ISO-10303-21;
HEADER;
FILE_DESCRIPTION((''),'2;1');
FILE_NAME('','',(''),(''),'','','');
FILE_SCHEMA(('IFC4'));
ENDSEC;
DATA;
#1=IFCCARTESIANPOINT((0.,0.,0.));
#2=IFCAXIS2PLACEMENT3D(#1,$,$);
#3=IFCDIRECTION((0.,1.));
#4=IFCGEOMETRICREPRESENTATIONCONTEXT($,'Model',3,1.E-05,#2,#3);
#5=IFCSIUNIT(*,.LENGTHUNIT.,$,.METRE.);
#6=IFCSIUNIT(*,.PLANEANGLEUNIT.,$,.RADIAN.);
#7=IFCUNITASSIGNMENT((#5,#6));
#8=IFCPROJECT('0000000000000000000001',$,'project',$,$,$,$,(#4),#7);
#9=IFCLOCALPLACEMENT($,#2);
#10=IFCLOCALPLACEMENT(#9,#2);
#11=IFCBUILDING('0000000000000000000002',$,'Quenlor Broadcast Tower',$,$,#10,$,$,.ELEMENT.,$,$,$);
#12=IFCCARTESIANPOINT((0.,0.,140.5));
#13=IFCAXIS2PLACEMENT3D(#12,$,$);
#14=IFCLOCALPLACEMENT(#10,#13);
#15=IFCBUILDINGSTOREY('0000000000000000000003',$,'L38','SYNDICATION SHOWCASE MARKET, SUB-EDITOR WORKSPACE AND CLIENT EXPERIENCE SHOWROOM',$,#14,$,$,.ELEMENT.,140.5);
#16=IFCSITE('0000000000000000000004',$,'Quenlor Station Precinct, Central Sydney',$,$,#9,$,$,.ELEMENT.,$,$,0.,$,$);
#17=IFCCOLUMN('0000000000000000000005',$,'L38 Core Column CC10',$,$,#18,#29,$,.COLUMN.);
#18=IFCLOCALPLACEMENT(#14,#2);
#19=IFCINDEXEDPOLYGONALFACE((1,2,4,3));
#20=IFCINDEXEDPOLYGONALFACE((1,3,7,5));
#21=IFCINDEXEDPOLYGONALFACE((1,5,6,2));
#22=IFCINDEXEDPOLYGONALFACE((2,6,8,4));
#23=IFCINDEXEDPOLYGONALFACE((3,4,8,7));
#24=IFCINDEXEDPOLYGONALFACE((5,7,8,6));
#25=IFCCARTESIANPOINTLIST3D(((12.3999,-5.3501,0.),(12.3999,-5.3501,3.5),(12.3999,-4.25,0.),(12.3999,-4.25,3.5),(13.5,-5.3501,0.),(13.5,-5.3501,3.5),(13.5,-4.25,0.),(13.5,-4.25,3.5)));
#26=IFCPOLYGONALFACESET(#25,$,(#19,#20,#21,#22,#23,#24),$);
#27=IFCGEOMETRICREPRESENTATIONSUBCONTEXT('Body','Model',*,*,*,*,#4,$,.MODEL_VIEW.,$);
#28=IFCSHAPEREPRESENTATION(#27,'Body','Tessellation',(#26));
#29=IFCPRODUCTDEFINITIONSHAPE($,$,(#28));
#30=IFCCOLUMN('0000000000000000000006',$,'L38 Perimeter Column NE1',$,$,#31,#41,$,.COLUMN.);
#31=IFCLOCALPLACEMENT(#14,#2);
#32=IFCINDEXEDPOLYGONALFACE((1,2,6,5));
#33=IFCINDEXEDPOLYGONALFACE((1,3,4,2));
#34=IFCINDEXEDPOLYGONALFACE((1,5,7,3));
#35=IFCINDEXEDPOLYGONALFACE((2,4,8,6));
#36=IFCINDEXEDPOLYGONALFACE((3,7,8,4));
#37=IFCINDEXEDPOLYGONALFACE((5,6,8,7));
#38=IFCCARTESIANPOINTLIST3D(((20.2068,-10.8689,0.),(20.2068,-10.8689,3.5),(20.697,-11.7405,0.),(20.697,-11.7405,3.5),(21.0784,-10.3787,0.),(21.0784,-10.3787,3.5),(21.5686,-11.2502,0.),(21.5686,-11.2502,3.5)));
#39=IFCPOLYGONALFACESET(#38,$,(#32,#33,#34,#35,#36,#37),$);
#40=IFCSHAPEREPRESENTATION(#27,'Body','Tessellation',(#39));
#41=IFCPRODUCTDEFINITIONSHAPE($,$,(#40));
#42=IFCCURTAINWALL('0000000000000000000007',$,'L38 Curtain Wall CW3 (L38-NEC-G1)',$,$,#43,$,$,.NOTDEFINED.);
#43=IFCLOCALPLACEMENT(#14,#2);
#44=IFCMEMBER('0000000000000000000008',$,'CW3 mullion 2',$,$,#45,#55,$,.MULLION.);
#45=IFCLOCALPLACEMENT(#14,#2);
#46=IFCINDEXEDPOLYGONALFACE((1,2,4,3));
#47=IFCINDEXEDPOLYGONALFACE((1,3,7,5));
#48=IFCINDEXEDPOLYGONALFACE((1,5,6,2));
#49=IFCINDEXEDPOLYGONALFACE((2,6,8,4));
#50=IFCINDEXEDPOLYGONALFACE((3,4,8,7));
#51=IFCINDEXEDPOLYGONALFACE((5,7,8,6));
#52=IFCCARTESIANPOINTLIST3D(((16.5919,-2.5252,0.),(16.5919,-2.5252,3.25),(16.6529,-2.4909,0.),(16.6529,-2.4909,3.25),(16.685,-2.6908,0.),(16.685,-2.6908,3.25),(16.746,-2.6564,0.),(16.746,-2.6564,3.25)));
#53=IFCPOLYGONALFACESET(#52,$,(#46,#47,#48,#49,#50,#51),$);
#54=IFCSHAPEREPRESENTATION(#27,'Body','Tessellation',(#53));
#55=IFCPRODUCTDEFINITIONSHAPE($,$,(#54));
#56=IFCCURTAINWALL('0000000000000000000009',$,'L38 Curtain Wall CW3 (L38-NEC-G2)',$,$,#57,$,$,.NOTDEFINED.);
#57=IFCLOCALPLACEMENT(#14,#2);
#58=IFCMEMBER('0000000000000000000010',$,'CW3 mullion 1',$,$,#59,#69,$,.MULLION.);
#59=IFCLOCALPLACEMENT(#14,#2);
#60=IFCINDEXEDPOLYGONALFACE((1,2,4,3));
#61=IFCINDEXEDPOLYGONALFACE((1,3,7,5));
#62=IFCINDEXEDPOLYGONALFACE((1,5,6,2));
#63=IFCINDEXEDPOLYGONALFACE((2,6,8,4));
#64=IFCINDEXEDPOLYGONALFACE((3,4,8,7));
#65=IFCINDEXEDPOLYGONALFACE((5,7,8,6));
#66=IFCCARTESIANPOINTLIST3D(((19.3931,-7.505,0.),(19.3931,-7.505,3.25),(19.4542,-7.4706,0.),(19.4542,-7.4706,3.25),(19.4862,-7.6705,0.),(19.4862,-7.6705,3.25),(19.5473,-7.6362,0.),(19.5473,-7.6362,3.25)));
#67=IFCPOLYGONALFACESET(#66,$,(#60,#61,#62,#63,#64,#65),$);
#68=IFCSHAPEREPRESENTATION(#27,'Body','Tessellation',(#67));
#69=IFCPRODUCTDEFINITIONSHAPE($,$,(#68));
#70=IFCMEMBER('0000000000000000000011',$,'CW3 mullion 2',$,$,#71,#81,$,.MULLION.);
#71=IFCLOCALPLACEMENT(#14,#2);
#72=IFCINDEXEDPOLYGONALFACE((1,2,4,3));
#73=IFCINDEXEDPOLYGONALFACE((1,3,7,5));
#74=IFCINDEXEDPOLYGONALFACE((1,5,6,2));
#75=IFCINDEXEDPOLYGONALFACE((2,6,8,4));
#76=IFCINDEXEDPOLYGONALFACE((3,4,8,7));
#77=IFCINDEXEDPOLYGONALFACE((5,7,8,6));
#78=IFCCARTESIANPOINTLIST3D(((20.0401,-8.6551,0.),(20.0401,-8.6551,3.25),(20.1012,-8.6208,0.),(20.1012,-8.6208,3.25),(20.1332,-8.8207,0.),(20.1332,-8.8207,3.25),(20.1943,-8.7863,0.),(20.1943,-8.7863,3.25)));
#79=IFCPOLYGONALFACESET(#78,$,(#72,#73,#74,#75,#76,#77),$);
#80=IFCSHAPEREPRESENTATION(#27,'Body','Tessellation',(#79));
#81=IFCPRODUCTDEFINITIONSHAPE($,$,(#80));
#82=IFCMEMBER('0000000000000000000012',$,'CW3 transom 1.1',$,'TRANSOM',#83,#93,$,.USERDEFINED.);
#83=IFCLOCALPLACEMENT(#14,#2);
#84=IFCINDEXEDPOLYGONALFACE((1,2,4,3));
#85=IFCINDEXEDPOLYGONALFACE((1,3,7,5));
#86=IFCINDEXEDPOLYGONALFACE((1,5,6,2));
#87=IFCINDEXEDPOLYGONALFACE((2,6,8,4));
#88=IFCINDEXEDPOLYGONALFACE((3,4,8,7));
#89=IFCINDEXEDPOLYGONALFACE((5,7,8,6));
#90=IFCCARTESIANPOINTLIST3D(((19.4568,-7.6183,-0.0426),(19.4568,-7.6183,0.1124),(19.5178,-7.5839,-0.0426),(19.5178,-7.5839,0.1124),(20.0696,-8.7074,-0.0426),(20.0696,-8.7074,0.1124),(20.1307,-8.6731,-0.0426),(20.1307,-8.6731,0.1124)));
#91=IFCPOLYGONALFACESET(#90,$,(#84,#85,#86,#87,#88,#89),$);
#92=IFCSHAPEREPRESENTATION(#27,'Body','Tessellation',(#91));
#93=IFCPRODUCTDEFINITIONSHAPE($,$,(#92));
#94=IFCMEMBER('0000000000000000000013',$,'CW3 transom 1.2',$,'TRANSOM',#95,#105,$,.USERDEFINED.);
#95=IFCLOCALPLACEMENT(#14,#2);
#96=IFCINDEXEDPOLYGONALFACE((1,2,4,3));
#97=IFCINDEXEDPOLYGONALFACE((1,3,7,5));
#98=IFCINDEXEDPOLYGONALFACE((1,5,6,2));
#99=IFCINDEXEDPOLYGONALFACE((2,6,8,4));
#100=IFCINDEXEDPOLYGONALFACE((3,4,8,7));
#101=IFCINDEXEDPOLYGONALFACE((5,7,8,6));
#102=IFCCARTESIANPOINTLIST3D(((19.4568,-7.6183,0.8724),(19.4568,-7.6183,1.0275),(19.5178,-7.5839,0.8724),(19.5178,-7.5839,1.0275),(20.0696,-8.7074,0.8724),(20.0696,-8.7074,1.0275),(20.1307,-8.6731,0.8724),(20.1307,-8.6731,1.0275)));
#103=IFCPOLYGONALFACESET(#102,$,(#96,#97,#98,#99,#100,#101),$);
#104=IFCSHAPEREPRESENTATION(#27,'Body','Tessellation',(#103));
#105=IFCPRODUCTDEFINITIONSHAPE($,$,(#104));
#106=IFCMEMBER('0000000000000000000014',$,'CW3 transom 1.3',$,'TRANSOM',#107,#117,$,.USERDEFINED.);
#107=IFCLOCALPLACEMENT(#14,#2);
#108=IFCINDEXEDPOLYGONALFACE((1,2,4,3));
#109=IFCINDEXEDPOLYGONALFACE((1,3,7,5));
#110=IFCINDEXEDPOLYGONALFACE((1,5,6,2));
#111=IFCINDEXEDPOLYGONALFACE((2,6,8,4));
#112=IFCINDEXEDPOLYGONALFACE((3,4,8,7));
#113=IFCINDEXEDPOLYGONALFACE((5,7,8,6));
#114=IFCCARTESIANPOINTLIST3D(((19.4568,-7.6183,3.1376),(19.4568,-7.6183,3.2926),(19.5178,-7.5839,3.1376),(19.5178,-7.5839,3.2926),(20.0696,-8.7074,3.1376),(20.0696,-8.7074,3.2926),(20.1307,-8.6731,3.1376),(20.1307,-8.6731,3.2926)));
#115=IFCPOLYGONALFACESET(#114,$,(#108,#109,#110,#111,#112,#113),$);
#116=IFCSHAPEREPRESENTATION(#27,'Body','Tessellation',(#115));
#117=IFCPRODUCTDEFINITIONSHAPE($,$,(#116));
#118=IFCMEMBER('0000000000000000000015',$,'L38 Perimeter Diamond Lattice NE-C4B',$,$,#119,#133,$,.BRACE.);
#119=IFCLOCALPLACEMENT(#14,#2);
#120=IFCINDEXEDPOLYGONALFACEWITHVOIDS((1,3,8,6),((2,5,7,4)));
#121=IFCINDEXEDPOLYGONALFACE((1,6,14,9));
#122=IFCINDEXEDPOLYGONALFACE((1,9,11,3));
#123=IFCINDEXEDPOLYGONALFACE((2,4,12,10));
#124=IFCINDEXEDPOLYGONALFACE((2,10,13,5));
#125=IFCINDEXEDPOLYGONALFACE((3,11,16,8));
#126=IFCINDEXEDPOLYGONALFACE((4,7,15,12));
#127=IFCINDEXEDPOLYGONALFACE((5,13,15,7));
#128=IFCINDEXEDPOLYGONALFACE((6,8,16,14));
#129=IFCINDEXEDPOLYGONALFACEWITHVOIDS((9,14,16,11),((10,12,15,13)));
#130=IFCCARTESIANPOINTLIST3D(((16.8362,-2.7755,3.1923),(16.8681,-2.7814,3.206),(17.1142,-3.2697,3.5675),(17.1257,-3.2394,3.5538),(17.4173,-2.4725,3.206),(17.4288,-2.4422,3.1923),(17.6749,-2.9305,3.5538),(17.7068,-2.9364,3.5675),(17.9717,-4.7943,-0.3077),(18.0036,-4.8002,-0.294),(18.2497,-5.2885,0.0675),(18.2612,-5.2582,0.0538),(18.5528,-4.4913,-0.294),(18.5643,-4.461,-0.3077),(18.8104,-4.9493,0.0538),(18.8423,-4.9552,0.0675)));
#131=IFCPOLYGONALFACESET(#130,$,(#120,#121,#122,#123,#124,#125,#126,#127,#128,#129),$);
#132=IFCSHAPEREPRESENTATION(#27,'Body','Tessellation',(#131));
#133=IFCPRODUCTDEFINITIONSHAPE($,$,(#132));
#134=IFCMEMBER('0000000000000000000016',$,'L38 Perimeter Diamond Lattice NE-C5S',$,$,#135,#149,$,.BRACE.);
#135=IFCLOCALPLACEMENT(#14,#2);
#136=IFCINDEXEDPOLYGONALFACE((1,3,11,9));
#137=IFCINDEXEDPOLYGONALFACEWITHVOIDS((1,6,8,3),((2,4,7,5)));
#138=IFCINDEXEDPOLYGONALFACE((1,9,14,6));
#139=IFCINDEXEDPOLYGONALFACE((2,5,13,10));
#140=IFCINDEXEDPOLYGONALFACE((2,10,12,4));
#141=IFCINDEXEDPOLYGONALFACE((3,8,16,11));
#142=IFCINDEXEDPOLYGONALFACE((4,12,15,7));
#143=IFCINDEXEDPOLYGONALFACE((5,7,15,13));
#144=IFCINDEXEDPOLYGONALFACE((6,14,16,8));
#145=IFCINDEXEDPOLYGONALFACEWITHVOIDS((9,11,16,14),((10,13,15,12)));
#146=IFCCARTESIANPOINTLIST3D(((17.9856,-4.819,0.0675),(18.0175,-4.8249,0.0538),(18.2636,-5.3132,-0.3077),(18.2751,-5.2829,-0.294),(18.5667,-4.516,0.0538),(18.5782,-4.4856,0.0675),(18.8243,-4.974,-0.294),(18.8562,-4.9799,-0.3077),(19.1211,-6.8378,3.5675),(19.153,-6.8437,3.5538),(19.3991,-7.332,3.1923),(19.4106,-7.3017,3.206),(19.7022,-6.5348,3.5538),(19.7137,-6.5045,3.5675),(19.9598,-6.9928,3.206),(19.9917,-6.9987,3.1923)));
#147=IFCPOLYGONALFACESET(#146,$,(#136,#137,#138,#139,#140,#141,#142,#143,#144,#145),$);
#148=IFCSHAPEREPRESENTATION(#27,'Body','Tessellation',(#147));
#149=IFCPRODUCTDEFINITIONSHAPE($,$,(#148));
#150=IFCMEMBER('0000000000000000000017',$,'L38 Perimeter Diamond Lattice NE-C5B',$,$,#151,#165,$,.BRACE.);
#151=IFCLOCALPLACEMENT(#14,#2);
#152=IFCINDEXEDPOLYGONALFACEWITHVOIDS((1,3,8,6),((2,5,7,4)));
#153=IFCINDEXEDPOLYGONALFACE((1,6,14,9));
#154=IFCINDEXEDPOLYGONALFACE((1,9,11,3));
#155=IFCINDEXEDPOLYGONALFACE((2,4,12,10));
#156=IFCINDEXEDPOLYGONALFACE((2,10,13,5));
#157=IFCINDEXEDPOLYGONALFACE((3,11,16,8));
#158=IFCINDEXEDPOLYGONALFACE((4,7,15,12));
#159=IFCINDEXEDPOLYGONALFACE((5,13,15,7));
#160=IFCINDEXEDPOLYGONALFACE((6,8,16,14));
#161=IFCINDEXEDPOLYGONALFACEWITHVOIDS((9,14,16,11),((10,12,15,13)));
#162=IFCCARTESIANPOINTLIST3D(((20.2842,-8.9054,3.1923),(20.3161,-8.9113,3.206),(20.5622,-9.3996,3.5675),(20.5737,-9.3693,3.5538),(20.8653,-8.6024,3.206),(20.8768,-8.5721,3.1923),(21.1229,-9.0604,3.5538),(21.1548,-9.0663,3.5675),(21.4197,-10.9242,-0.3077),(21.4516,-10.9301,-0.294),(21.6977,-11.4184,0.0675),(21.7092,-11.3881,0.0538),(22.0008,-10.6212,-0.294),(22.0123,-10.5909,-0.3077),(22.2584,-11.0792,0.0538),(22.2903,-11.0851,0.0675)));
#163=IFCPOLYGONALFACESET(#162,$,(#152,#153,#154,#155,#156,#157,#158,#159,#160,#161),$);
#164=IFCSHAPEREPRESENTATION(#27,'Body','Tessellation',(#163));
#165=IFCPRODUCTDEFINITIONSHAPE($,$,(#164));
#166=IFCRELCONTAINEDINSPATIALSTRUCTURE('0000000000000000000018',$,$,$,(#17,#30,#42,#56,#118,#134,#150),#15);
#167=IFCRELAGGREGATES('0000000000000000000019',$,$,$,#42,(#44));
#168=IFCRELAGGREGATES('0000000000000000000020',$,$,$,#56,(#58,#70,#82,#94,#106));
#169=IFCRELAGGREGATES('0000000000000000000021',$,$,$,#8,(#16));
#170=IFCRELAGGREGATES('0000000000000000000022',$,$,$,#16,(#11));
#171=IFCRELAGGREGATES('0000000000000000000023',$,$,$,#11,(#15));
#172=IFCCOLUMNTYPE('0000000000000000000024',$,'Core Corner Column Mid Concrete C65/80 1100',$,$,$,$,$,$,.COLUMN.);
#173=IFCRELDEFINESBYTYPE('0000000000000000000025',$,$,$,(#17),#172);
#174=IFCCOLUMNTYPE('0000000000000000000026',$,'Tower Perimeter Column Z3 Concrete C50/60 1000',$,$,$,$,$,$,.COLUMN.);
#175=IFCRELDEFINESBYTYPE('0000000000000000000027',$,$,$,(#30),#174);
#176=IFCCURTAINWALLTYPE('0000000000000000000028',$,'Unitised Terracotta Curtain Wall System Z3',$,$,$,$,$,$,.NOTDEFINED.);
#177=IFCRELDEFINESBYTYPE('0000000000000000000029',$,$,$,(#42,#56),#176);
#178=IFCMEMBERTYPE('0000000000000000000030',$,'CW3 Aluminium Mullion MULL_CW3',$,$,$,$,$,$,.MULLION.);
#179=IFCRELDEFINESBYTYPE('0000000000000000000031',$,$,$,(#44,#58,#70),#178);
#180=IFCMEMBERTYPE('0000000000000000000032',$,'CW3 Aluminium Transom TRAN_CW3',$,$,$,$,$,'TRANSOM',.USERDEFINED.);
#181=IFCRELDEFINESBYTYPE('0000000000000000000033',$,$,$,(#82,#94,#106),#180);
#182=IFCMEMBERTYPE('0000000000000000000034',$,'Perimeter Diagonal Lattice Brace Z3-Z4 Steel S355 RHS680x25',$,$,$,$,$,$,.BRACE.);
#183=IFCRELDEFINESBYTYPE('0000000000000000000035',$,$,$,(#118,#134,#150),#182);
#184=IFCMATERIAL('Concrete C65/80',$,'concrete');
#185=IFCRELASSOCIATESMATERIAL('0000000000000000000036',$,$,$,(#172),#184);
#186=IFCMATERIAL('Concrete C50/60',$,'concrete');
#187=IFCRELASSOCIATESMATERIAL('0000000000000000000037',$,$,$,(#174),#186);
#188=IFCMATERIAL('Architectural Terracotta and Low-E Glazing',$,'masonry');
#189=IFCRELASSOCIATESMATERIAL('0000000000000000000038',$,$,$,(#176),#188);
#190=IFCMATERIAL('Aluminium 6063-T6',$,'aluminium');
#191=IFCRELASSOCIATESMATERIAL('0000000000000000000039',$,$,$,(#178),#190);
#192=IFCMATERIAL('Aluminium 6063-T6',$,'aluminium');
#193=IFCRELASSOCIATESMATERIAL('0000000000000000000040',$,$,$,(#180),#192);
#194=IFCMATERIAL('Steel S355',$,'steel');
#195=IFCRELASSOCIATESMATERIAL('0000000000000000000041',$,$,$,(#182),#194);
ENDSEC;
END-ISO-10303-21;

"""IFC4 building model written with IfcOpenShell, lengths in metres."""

from ifc_helpers import new_model, si_unit, direction, frame, origin, origin_2d, place, context, subcontext, project, spatial, rectangle, hollow_rectangle, extrude, material, material_profile, profile_set, type_object, element, aggregate, save


model = new_model("IFC4")

# Units and contexts
model_context = context("Model", 3, precision=1e-05, world=origin(), true_north=direction((0.0, 1.0)))
body_context = subcontext(model_context, "Body", "Model", "MODEL_VIEW")
ifc_project = project(units=[si_unit("LENGTHUNIT", "METRE"), si_unit("PLANEANGLEUNIT", "RADIAN")], contexts=[model_context])

# Site, building, storey
site_placement = place(None, origin())
site = spatial("IfcSite", under=ifc_project, at=site_placement, Name="Quenlor Station Precinct, Central Sydney", CompositionType="ELEMENT", RefElevation=0.0)
building_placement = place(site_placement, origin())
building = spatial("IfcBuilding", under=site, at=building_placement, Name="Quenlor Broadcast Tower", CompositionType="ELEMENT")
storey_placement = place(building_placement, frame((0.0, 0.0, 140.5)))
storey = spatial("IfcBuildingStorey", under=building, at=storey_placement, Name="L38", Description="SYNDICATION SHOWCASE MARKET, SUB-EDITOR WORKSPACE AND CLIENT EXPERIENCE SHOWROOM", CompositionType="ELEMENT", Elevation=140.5)

# Columns
ifc_material_1 = material(Name="Concrete C65/80", Category="concrete")
ifc_material_profile_1 = material_profile(ifc_material_1, rectangle(XDim=1.1001, YDim=1.1001, at=origin_2d()))
ifc_profile_set_1 = profile_set([ifc_material_profile_1], Name="Concrete C65/80 RC1100x1100")
column_type_1 = type_object("IfcColumnType", Name="Core Corner Column Mid Concrete C65/80 1100", PredefinedType="COLUMN", material=ifc_profile_set_1)
column_1_placement = place(storey_placement, frame((12.95, -4.8, 0.0), z_axis=(0.0, 0.0, 1.0), x_axis=(1.0, 0.0, 0.0)))
element("IfcColumn", 1, at=column_1_placement, inside=storey, type_object=column_type_1, Name="L38 Core Column CC10", PredefinedType="COLUMN", context=body_context, shape_type="SweptSolid", body=[
    extrude(rectangle(XDim=1.1001, YDim=1.1001, at=origin_2d()), origin(), (0.0, 0.0, 1.0), 3.5),
])
ifc_material_2 = material(Name="Concrete C50/60", Category="concrete")
ifc_material_profile_2 = material_profile(ifc_material_2, rectangle(XDim=1.0, YDim=1.0, at=origin_2d()))
ifc_profile_set_2 = profile_set([ifc_material_profile_2], Name="Concrete C50/60 RC1000x1000")
column_type_2 = type_object("IfcColumnType", Name="Tower Perimeter Column Z3 Concrete C50/60 1000", PredefinedType="COLUMN", material=ifc_profile_set_2)
column_2_placement = place(storey_placement, frame((20.8877, -11.0596, 0.0), z_axis=(0.0, 0.0, 1.0), x_axis=(0.871575, 0.490262, 0.0)))
element("IfcColumn", 2, at=column_2_placement, inside=storey, type_object=column_type_2, Name="L38 Perimeter Column NE1", PredefinedType="COLUMN", context=body_context, shape_type="SweptSolid", body=[
    extrude(rectangle(XDim=1.0, YDim=1.0, at=origin_2d()), origin(), (0.0, 0.0, 1.0), 3.5),
])

# Curtain wall, member
ifc_material_3 = material(Name="Architectural Terracotta and Low-E Glazing", Category="masonry")
curtain_wall_type = type_object("IfcCurtainWallType", Name="Unitised Terracotta Curtain Wall System Z3", PredefinedType="NOTDEFINED", material=ifc_material_3)
curtain_wall_1_placement = place(storey_placement, origin())
curtain_wall_1 = element("IfcCurtainWall", 3, at=curtain_wall_1_placement, inside=storey, type_object=curtain_wall_type, Name="L38 Curtain Wall CW3 (L38-NEC-G1)", PredefinedType="NOTDEFINED")
ifc_material_4 = material(Name="Aluminium 6063-T6", Category="aluminium")
ifc_material_profile_3 = material_profile(ifc_material_4, rectangle(XDim=0.0701, YDim=0.1899, at=origin_2d()))
ifc_profile_set_3 = profile_set([ifc_material_profile_3], Name="Aluminium 6063-T6 MULL70x190")
member_type_1 = type_object("IfcMemberType", Name="CW3 Aluminium Mullion MULL_CW3", PredefinedType="MULLION", material=ifc_profile_set_3)
member_1_placement = place(storey_placement, frame((16.6689, -2.5908, 0.0), z_axis=(0.0, 0.0, 1.0), x_axis=(0.87158, 0.490253, 0.0)))
member_1 = element("IfcMember", 4, at=member_1_placement, type_object=member_type_1, Name="CW3 mullion 2", PredefinedType="MULLION", context=body_context, shape_type="SweptSolid", body=[
    extrude(rectangle(XDim=0.0701, YDim=0.1899, at=origin_2d()), origin(), (0.0, 0.0, 1.0), 3.25),
])
aggregate(curtain_wall_1, [member_1])

# Curtain wall, members
curtain_wall_2_placement = place(storey_placement, origin())
curtain_wall_2 = element("IfcCurtainWall", 5, at=curtain_wall_2_placement, inside=storey, type_object=curtain_wall_type, Name="L38 Curtain Wall CW3 (L38-NEC-G2)", PredefinedType="NOTDEFINED")
member_2_placement = place(storey_placement, frame((19.4702, -7.5706, 0.0), z_axis=(0.0, 0.0, 1.0), x_axis=(0.871576, 0.490261, 0.0)))
member_2 = element("IfcMember", 6, at=member_2_placement, type_object=member_type_1, Name="CW3 mullion 1", PredefinedType="MULLION", context=body_context, shape_type="SweptSolid", body=[
    extrude(rectangle(XDim=0.0701, YDim=0.1899, at=origin_2d()), origin(), (0.0, 0.0, 1.0), 3.25),
])
member_3_placement = place(storey_placement, frame((20.1172, -8.7207, 0.0), z_axis=(0.0, 0.0, 1.0), x_axis=(0.871576, 0.490261, 0.0)))
member_3 = element("IfcMember", 7, at=member_3_placement, type_object=member_type_1, Name="CW3 mullion 2", PredefinedType="MULLION", context=body_context, shape_type="SweptSolid", body=[
    extrude(rectangle(XDim=0.0701, YDim=0.1899, at=origin_2d()), origin(), (0.0, 0.0, 1.0), 3.25),
])
ifc_material_5 = material(Name="Aluminium 6063-T6", Category="aluminium")
ifc_material_profile_4 = material_profile(ifc_material_5, rectangle(XDim=0.0701, YDim=0.155, at=origin_2d()))
ifc_profile_set_4 = profile_set([ifc_material_profile_4], Name="Aluminium 6063-T6 TRAN70x155")
member_type_2 = type_object("IfcMemberType", Name="CW3 Aluminium Transom TRAN_CW3", ElementType="TRANSOM", PredefinedType="USERDEFINED", material=ifc_profile_set_4)
member_4_placement = place(storey_placement, frame((19.4873, -7.6011, 0.0349), z_axis=(0.490363, -0.871518, 0.0), x_axis=(0.871518, 0.490363, 0.0)))
member_4 = element("IfcMember", 8, at=member_4_placement, type_object=member_type_2, Name="CW3 transom 1.1", ObjectType="TRANSOM", PredefinedType="USERDEFINED", context=body_context, shape_type="SweptSolid", body=[
    extrude(rectangle(XDim=0.0701, YDim=0.155, at=origin_2d()), origin(), (0.0, 0.0, 1.0), 1.2498),
])
member_5_placement = place(storey_placement, frame((19.4873, -7.6011, 0.95), z_axis=(0.490363, -0.871518, 0.0), x_axis=(0.871518, 0.490363, 0.0)))
member_5 = element("IfcMember", 9, at=member_5_placement, type_object=member_type_2, Name="CW3 transom 1.2", ObjectType="TRANSOM", PredefinedType="USERDEFINED", context=body_context, shape_type="SweptSolid", body=[
    extrude(rectangle(XDim=0.0701, YDim=0.155, at=origin_2d()), origin(), (0.0, 0.0, 1.0), 1.2498),
])
member_6_placement = place(storey_placement, frame((19.4873, -7.6011, 3.2151), z_axis=(0.490363, -0.871518, 0.0), x_axis=(0.871518, 0.490363, 0.0)))
member_6 = element("IfcMember", 10, at=member_6_placement, type_object=member_type_2, Name="CW3 transom 1.3", ObjectType="TRANSOM", PredefinedType="USERDEFINED", context=body_context, shape_type="SweptSolid", body=[
    extrude(rectangle(XDim=0.0701, YDim=0.155, at=origin_2d()), origin(), (0.0, 0.0, 1.0), 1.2498),
])

# Members
ifc_material_6 = material(Name="Steel S355", Category="steel")
ifc_material_profile_5 = material_profile(ifc_material_6, hollow_rectangle(XDim=0.6799, YDim=0.6799, WallThickness=0.0249, at=origin_2d()))
ifc_profile_set_5 = profile_set([ifc_material_profile_5], Name="Steel S355 RHS680x680x25")
member_type_3 = type_object("IfcMemberType", Name="Perimeter Diagonal Lattice Brace Z3-Z4 Steel S355 RHS680x25", PredefinedType="BRACE", material=ifc_profile_set_5)
for number, where, z_axis, x_axis, name in (
    (11, (18.407, -4.8748, -0.1201), (-0.270549, 0.481009, 0.833927), (-0.87159, -0.490236, 0.0), "L38 Perimeter Diamond Lattice NE-C4B"),
    (12, (18.4209, -4.8994, -0.1201), (0.270549, -0.481009, 0.833927), (0.87159, 0.490236, 0.0), "L38 Perimeter Diamond Lattice NE-C5S"),
    (13, (21.855, -11.0046, -0.1201), (-0.270549, 0.481009, 0.833927), (-0.87159, -0.490236, 0.0), "L38 Perimeter Diamond Lattice NE-C5B"),
):
    element("IfcMember", number, at=place(storey_placement, frame(where, z_axis=z_axis, x_axis=x_axis)), inside=storey, type_object=member_type_3, Name=name, PredefinedType="BRACE", context=body_context, shape_type="SweptSolid", body=[
        extrude(hollow_rectangle(XDim=0.6799, YDim=0.6799, WallThickness=0.0249, at=origin_2d()), origin(), (0.0, 0.0, 1.0), 4.197),
    ])

aggregate(curtain_wall_2, [member_2, member_3, member_4, member_5, member_6])

save(model, "model.ifc")
